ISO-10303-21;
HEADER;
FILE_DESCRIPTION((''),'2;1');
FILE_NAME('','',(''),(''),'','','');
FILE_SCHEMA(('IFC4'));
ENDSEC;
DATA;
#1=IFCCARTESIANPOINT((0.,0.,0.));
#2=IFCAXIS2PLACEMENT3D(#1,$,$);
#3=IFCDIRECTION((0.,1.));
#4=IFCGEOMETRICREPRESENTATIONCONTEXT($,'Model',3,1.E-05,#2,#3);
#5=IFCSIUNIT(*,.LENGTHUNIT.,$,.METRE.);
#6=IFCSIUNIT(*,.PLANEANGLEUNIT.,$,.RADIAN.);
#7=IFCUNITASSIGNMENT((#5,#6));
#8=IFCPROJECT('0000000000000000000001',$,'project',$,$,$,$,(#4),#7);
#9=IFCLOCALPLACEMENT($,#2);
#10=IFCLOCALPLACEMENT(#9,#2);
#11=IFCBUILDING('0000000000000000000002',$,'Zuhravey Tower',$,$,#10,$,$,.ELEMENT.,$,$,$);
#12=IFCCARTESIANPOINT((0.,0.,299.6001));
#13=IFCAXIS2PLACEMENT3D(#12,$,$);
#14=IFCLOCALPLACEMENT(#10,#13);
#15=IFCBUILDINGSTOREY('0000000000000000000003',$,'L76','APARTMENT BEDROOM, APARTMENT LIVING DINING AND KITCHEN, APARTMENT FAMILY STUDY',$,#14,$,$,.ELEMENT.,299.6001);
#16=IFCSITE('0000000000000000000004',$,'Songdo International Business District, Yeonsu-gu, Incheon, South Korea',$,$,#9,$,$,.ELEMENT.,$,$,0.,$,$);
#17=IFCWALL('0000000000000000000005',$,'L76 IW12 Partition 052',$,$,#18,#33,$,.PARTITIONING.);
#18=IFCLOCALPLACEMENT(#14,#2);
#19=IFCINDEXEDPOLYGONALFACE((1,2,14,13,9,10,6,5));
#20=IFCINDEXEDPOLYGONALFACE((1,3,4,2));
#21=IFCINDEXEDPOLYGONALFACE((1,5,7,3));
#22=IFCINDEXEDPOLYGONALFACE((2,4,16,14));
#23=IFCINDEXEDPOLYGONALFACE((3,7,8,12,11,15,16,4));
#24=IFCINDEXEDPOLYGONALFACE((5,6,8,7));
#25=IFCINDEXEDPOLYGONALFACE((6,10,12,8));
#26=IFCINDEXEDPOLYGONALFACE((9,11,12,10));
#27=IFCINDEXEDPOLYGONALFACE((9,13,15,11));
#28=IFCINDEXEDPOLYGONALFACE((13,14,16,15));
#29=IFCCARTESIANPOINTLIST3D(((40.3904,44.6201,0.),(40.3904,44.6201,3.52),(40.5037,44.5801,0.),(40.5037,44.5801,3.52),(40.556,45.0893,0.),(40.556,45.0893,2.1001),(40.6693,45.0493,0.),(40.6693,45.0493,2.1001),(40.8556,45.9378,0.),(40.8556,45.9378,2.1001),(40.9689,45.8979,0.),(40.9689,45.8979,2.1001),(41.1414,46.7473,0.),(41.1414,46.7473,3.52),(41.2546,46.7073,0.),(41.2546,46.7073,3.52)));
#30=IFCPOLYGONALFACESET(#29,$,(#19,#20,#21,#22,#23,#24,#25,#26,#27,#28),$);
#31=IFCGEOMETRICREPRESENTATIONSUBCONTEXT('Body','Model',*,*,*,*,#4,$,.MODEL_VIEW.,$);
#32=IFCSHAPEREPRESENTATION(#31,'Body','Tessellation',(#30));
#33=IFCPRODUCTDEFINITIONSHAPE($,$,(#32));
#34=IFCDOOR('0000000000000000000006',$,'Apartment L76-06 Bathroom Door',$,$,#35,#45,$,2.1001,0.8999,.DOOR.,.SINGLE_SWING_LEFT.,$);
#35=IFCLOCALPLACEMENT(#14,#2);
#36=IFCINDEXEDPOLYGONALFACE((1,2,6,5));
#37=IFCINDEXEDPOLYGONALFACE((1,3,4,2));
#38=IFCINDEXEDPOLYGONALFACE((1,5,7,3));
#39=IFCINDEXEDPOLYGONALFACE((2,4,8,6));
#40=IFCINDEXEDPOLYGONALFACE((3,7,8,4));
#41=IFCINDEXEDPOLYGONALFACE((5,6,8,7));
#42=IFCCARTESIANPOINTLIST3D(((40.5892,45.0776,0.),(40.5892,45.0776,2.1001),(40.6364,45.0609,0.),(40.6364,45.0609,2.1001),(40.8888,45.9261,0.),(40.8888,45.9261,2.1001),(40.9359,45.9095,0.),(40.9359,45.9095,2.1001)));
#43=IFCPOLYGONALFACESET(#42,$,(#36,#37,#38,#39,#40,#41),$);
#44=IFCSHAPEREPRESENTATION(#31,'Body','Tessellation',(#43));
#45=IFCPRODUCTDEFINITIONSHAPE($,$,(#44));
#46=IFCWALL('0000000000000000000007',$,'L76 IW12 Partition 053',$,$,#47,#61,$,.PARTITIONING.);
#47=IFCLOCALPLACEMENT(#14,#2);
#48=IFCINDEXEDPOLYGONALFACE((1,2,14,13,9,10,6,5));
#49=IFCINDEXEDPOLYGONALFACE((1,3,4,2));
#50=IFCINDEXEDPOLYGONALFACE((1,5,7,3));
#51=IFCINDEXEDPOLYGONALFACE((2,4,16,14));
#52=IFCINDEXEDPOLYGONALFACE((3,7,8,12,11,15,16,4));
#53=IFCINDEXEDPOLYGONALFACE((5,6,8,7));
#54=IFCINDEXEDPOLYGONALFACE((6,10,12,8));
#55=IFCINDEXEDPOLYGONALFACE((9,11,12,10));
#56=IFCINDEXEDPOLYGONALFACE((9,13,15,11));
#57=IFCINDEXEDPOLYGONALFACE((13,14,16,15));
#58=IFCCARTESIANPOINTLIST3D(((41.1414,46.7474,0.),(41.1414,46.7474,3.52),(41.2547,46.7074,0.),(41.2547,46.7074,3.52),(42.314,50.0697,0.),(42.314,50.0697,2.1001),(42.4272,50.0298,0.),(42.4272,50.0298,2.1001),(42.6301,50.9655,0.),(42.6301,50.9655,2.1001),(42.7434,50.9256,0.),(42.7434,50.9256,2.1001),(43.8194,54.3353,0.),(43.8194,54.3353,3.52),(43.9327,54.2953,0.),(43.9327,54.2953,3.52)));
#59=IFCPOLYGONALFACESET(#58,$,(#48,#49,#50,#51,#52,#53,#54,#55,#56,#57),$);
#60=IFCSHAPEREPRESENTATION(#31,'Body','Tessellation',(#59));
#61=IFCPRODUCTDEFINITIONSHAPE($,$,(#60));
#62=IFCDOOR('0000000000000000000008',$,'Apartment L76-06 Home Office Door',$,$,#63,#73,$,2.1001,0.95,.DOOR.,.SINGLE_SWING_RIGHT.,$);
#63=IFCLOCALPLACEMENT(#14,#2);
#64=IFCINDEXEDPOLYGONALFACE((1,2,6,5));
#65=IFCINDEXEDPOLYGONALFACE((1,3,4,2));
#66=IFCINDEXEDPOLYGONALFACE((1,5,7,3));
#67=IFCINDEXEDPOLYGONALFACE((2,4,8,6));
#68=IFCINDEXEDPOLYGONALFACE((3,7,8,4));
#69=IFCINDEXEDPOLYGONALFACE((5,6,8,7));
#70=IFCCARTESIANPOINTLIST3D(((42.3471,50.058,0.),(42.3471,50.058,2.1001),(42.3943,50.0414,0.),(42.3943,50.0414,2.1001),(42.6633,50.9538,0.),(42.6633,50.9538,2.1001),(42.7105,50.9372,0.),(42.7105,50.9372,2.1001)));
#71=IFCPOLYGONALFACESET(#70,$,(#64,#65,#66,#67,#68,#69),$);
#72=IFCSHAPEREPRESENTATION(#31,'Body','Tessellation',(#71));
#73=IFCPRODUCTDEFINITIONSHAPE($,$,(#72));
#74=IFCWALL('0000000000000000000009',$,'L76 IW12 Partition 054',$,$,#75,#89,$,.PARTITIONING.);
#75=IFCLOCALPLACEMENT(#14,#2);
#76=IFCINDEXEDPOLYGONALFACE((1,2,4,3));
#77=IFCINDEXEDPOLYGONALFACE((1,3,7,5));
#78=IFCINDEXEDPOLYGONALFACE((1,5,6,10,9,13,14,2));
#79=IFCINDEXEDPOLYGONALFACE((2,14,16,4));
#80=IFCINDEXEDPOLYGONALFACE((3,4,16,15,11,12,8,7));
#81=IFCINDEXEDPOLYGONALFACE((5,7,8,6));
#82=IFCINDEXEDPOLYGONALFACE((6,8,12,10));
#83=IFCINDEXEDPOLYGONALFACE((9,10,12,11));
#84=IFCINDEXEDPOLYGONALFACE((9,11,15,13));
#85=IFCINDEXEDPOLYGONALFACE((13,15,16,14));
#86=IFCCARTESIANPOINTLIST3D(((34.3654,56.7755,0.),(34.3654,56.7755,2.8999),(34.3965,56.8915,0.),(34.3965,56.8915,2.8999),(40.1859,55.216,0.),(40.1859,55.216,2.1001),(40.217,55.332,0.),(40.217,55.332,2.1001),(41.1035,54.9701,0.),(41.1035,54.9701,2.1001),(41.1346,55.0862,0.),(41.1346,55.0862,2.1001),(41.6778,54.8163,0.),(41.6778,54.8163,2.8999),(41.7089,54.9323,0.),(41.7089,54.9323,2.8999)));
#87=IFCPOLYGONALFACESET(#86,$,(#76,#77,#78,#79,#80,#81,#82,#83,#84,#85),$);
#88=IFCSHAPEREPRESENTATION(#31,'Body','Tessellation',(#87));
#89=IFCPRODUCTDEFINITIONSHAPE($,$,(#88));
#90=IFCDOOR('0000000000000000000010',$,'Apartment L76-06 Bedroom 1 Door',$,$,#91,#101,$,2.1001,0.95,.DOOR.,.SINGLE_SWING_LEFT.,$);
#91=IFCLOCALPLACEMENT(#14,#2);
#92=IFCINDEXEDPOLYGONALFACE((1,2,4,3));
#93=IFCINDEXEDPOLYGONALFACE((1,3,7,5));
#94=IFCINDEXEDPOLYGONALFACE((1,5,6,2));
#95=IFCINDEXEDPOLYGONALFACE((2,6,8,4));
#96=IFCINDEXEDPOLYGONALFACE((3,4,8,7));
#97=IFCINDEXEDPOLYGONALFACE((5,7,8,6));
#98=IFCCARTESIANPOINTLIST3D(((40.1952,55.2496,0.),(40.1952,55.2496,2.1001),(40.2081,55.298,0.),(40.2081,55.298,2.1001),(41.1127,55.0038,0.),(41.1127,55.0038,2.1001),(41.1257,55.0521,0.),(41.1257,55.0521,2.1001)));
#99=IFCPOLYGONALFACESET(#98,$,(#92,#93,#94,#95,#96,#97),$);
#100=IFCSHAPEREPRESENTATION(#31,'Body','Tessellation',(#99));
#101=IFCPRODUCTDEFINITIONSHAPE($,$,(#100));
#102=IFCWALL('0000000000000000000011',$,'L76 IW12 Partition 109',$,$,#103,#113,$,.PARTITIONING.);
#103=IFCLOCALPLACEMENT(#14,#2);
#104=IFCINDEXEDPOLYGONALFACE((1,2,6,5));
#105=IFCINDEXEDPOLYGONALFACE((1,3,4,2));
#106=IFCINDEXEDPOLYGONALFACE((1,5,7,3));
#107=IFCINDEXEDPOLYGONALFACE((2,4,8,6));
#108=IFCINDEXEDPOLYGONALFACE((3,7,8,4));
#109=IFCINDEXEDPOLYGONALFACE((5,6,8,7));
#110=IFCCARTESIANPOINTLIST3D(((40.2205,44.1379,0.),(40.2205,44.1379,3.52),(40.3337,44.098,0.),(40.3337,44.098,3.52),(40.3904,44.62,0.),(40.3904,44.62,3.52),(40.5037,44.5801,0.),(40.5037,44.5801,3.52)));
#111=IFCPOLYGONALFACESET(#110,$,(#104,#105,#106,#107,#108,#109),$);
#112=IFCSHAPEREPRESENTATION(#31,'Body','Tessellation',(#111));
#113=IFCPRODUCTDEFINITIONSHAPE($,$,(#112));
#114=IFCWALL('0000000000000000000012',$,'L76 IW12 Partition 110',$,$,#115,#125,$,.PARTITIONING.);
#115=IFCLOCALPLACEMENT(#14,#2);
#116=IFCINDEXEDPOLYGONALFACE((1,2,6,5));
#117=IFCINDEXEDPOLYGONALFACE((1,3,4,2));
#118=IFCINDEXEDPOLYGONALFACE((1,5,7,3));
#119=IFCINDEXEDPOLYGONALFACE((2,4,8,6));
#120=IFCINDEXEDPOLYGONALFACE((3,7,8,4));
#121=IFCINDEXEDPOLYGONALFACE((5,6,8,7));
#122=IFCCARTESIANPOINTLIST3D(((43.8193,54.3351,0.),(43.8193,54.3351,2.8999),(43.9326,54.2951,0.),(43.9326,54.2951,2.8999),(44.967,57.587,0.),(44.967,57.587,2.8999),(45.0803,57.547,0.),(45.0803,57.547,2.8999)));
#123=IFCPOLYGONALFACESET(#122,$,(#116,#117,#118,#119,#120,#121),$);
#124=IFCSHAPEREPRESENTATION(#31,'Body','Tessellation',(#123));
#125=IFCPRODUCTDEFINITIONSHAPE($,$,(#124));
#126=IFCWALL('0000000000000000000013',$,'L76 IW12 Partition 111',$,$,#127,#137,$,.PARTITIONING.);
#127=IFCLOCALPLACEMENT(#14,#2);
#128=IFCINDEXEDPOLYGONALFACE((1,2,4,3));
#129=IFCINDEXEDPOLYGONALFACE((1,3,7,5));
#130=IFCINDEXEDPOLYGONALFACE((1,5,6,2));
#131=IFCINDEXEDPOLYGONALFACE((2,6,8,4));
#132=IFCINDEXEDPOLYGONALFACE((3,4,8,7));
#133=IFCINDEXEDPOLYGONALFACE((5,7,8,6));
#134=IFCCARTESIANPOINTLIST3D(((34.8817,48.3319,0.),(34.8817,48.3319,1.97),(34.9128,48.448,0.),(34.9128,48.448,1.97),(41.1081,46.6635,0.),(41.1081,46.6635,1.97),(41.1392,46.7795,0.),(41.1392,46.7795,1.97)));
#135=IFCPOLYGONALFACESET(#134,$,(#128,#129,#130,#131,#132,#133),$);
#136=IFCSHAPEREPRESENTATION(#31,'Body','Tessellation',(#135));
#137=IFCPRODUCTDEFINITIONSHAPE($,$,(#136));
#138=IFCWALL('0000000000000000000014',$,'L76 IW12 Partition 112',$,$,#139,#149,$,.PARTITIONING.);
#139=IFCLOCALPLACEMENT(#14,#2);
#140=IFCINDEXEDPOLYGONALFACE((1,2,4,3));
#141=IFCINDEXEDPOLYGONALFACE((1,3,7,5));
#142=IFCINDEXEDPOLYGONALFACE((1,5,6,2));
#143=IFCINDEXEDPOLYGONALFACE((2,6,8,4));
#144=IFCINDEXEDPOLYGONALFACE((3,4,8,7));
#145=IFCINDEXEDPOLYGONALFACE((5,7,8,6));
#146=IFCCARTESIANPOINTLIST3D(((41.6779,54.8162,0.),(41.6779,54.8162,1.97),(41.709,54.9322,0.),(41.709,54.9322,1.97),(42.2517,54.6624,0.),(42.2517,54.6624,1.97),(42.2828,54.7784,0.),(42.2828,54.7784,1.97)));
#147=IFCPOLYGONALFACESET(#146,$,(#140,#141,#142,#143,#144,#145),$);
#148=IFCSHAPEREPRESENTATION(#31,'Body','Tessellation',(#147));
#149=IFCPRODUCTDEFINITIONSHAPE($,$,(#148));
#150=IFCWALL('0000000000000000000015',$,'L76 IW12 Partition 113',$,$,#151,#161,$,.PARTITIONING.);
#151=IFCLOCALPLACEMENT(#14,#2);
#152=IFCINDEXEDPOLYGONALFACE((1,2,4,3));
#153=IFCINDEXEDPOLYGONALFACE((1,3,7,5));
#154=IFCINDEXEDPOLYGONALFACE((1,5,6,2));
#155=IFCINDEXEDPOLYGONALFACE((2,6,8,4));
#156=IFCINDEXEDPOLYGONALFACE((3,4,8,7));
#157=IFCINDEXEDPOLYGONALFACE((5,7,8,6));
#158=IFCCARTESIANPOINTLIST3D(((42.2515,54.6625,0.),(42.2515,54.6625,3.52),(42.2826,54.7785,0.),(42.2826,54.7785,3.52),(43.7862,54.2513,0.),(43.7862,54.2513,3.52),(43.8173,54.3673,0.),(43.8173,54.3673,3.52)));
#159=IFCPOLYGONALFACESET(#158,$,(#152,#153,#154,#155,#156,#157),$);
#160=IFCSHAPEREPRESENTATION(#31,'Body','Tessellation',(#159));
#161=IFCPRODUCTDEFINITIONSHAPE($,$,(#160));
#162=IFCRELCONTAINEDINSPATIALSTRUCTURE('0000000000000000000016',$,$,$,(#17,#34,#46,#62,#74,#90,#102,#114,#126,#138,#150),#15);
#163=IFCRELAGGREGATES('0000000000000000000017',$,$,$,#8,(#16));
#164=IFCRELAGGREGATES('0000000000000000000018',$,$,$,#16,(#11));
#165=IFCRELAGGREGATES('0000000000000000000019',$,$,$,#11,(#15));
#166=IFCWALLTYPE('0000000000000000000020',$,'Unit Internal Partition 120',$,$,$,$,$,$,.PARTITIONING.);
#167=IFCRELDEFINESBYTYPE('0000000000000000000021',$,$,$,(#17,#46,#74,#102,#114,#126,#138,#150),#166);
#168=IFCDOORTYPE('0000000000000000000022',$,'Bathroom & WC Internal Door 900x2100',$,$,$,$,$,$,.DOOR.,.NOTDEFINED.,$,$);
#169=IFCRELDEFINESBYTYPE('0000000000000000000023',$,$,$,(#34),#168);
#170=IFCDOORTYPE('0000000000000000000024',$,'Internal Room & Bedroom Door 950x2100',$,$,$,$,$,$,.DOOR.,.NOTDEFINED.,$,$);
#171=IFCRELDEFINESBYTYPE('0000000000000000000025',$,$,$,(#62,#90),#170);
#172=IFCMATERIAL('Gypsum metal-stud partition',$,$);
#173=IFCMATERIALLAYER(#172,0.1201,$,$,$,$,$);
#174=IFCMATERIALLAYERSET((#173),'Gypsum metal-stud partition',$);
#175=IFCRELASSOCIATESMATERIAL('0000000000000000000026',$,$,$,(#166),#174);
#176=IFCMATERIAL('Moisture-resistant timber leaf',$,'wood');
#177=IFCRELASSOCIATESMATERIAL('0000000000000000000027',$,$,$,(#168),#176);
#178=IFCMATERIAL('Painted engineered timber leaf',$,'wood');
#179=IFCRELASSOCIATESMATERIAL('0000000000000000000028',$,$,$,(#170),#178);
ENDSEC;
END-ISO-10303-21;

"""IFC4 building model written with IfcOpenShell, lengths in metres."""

from ifc_helpers import new_model, si_unit, direction, frame, frame_2d, origin, place, context, subcontext, project, spatial, rectangle, extrude, material, layer, layer_set, type_object, element, fill, save


model = new_model("IFC4")

# Units and contexts
model_context = context("Model", 3, precision=1e-05, world=origin(), true_north=direction((0.0, 1.0)))
body_context = subcontext(model_context, "Body", "Model", "MODEL_VIEW")
ifc_project = project(units=[si_unit("LENGTHUNIT", "METRE"), si_unit("PLANEANGLEUNIT", "RADIAN")], contexts=[model_context])

# Site, building, storey
site_placement = place(None, origin())
site = spatial("IfcSite", under=ifc_project, at=site_placement, Name="Songdo International Business District, Yeonsu-gu, Incheon, South Korea", CompositionType="ELEMENT", RefElevation=0.0)
building_placement = place(site_placement, origin())
building = spatial("IfcBuilding", under=site, at=building_placement, Name="Zuhravey Tower", CompositionType="ELEMENT")
storey_placement = place(building_placement, frame((0.0, 0.0, 299.6001)))
storey = spatial("IfcBuildingStorey", under=building, at=storey_placement, Name="L76", Description="APARTMENT BEDROOM, APARTMENT LIVING DINING AND KITCHEN, APARTMENT FAMILY STUDY", CompositionType="ELEMENT", Elevation=299.6001)

# Walls, openings, doors
ifc_material_1 = material(Name="Gypsum metal-stud partition")
ifc_layer_1 = layer(ifc_material_1, 0.1201)
ifc_layer_set_1 = layer_set([ifc_layer_1], Name="Gypsum metal-stud partition")
wall_type_1 = type_object("IfcWallType", Name="Unit Internal Partition 120", PredefinedType="PARTITIONING", material=ifc_layer_set_1)
wall_1_placement = place(storey_placement, frame((40.447, 44.6001, 0.0), z_axis=(0.0, 0.0, 1.0), x_axis=(0.332899, 0.942962, 0.0)))
wall_1 = element("IfcWall", 1, at=wall_1_placement, inside=storey, type_object=wall_type_1, Name="L76 IW12 Partition 052", PredefinedType="PARTITIONING", context=body_context, shape_type="SweptSolid", body=[
    extrude(rectangle(XDim=2.2559, YDim=0.1201, at=frame_2d((1.1279, 0.0))), origin(), (0.0, 0.0, 1.0), 3.52),
])
opening_1_placement = place(wall_1_placement, frame((0.4976, 0.0, 0.0)))
opening_1 = element("IfcOpeningElement", 2, at=opening_1_placement, cuts=wall_1, PredefinedType="OPENING", context=body_context, shape_type="SweptSolid", body=[
    extrude(rectangle(XDim=0.8999, YDim=2.1001, at=frame_2d((0.45, 1.05))), frame((0.0, 0.072, 0.0), z_axis=(0.0, -1.0, 0.0), x_axis=(1.0, 0.0, 0.0)), (0.0, 0.0, 1.0), 0.144),
])
ifc_material_2 = material(Name="Moisture-resistant timber leaf", Category="wood")
door_type_1 = type_object("IfcDoorType", Name="Bathroom & WC Internal Door 900x2100", OperationType="NOTDEFINED", PredefinedType="DOOR", material=ifc_material_2)
door_1_placement = place(opening_1_placement, origin())
door_1 = element("IfcDoor", 3, at=door_1_placement, inside=storey, type_object=door_type_1, Name="Apartment L76-06 Bathroom Door", OperationType="SINGLE_SWING_LEFT", OverallHeight=2.1001, OverallWidth=0.8999, PredefinedType="DOOR", context=body_context, shape_type="SweptSolid", body=[
    extrude(rectangle(XDim=0.8999, YDim=2.1001, at=frame_2d((0.45, 1.05))), frame((0.0, 0.0249, 0.0), z_axis=(0.0, -1.0, 0.0), x_axis=(1.0, 0.0, 0.0)), (0.0, 0.0, 1.0), 0.05),
])
fill(opening_1, door_1)
wall_2_placement = place(storey_placement, frame((41.198, 46.7273, 0.0), z_axis=(0.0, 0.0, 1.0), x_axis=(0.332809, 0.942994, 0.0)))
wall_2 = element("IfcWall", 4, at=wall_2_placement, inside=storey, type_object=wall_type_1, Name="L76 IW12 Partition 053", PredefinedType="PARTITIONING", context=body_context, shape_type="SweptSolid", body=[
    extrude(rectangle(XDim=8.0466, YDim=0.1201, at=frame_2d((4.0234, 0.0))), origin(), (0.0, 0.0, 1.0), 3.52),
])
opening_2_placement = place(wall_2_placement, frame((3.5232, 0.0, 0.0)))
opening_2 = element("IfcOpeningElement", 5, at=opening_2_placement, cuts=wall_2, PredefinedType="OPENING", context=body_context, shape_type="SweptSolid", body=[
    extrude(rectangle(XDim=0.95, YDim=2.1001, at=frame_2d((0.4751, 1.05))), frame((0.0, 0.072, 0.0), z_axis=(0.0, -1.0, 0.0), x_axis=(1.0, 0.0, 0.0)), (0.0, 0.0, 1.0), 0.144),
])
ifc_material_3 = material(Name="Painted engineered timber leaf", Category="wood")
door_type_2 = type_object("IfcDoorType", Name="Internal Room & Bedroom Door 950x2100", OperationType="NOTDEFINED", PredefinedType="DOOR", material=ifc_material_3)
door_2_placement = place(opening_2_placement, origin())
door_2 = element("IfcDoor", 6, at=door_2_placement, inside=storey, type_object=door_type_2, Name="Apartment L76-06 Home Office Door", OperationType="SINGLE_SWING_RIGHT", OverallHeight=2.1001, OverallWidth=0.95, PredefinedType="DOOR", context=body_context, shape_type="SweptSolid", body=[
    extrude(rectangle(XDim=0.95, YDim=2.1001, at=frame_2d((0.4751, 1.05))), frame((0.0, 0.0249, 0.0), z_axis=(0.0, -1.0, 0.0), x_axis=(1.0, 0.0, 0.0)), (0.0, 0.0, 1.0), 0.05),
])
fill(opening_2, door_2)
wall_3_placement = place(storey_placement, frame((41.6934, 54.8743, 0.0), z_axis=(0.0, 0.0, 1.0), x_axis=(-0.965931, 0.258801, 0.0)))
wall_3 = element("IfcWall", 7, at=wall_3_placement, inside=storey, type_object=wall_type_1, Name="L76 IW12 Partition 054", PredefinedType="PARTITIONING", context=body_context, shape_type="SweptSolid", body=[
    extrude(rectangle(XDim=7.5703, YDim=0.1201, at=frame_2d((3.7852, 0.0))), origin(), (0.0, 0.0, 1.0), 2.8999),
])
opening_3_placement = place(wall_3_placement, frame((0.5945, 0.0, 0.0)))
opening_3 = element("IfcOpeningElement", 8, at=opening_3_placement, cuts=wall_3, PredefinedType="OPENING", context=body_context, shape_type="SweptSolid", body=[
    extrude(rectangle(XDim=0.95, YDim=2.1001, at=frame_2d((0.4751, 1.05))), frame((0.0, 0.072, 0.0), z_axis=(0.0, -1.0, 0.0), x_axis=(1.0, 0.0, 0.0)), (0.0, 0.0, 1.0), 0.144),
])
door_3_placement = place(opening_3_placement, frame((0.95, 0.0, 0.0), z_axis=(0.0, 0.0, 1.0), x_axis=(-1.0, 0.0, 0.0)))
door_3 = element("IfcDoor", 9, at=door_3_placement, inside=storey, type_object=door_type_2, Name="Apartment L76-06 Bedroom 1 Door", OperationType="SINGLE_SWING_LEFT", OverallHeight=2.1001, OverallWidth=0.95, PredefinedType="DOOR", context=body_context, shape_type="SweptSolid", body=[
    extrude(rectangle(XDim=0.95, YDim=2.1001, at=frame_2d((0.4751, 1.05))), frame((0.0, 0.0249, 0.0), z_axis=(0.0, -1.0, 0.0), x_axis=(1.0, 0.0, 0.0)), (0.0, 0.0, 1.0), 0.05),
])
fill(opening_3, door_3)

# Walls
wall_4_placement = place(storey_placement, frame((40.2771, 44.1179, 0.0), z_axis=(0.0, 0.0, 1.0), x_axis=(0.33237, 0.943149, 0.0)))
element("IfcWall", 10, at=wall_4_placement, inside=storey, type_object=wall_type_1, Name="L76 IW12 Partition 109", PredefinedType="PARTITIONING", context=body_context, shape_type="SweptSolid", body=[
    extrude(rectangle(XDim=0.5112, YDim=0.1201, at=frame_2d((0.2556, 0.0))), origin(), (0.0, 0.0, 1.0), 3.52),
])
wall_5_placement = place(storey_placement, frame((43.876, 54.3152, 0.0), z_axis=(0.0, 0.0, 1.0), x_axis=(0.332809, 0.942994, 0.0)))
element("IfcWall", 11, at=wall_5_placement, inside=storey, type_object=wall_type_1, Name="L76 IW12 Partition 110", PredefinedType="PARTITIONING", context=body_context, shape_type="SweptSolid", body=[
    extrude(rectangle(XDim=3.4485, YDim=0.1201, at=frame_2d((1.7241, 0.0))), origin(), (0.0, 0.0, 1.0), 2.8999),
])
wall_6_placement = place(storey_placement, frame((41.1238, 46.7214, 0.0), z_axis=(0.0, 0.0, 1.0), x_axis=(-0.965921, 0.258836, 0.0)))
element("IfcWall", 12, at=wall_6_placement, inside=storey, type_object=wall_type_1, Name="L76 IW12 Partition 111", PredefinedType="PARTITIONING", context=body_context, shape_type="SweptSolid", body=[
    extrude(rectangle(XDim=6.446, YDim=0.1201, at=frame_2d((3.2231, 0.0))), origin(), (0.0, 0.0, 1.0), 1.97),
])
wall_7_placement = place(storey_placement, frame((42.2671, 54.7205, 0.0), z_axis=(0.0, 0.0, 1.0), x_axis=(-0.965893, 0.258942, 0.0)))
element("IfcWall", 13, at=wall_7_placement, inside=storey, type_object=wall_type_1, Name="L76 IW12 Partition 112", PredefinedType="PARTITIONING", context=body_context, shape_type="SweptSolid", body=[
    extrude(rectangle(XDim=0.594, YDim=0.1201, at=frame_2d((0.2969, 0.0))), origin(), (0.0, 0.0, 1.0), 1.97),
])
wall_8_placement = place(storey_placement, frame((43.8018, 54.3093, 0.0), z_axis=(0.0, 0.0, 1.0), x_axis=(-0.965938, 0.258772, 0.0)))
element("IfcWall", 14, at=wall_8_placement, inside=storey, type_object=wall_type_1, Name="L76 IW12 Partition 113", PredefinedType="PARTITIONING", context=body_context, shape_type="SweptSolid", body=[
    extrude(rectangle(XDim=1.5889, YDim=0.1201, at=frame_2d((0.7944, 0.0))), origin(), (0.0, 0.0, 1.0), 3.52),
])

save(model, "model.ifc")
